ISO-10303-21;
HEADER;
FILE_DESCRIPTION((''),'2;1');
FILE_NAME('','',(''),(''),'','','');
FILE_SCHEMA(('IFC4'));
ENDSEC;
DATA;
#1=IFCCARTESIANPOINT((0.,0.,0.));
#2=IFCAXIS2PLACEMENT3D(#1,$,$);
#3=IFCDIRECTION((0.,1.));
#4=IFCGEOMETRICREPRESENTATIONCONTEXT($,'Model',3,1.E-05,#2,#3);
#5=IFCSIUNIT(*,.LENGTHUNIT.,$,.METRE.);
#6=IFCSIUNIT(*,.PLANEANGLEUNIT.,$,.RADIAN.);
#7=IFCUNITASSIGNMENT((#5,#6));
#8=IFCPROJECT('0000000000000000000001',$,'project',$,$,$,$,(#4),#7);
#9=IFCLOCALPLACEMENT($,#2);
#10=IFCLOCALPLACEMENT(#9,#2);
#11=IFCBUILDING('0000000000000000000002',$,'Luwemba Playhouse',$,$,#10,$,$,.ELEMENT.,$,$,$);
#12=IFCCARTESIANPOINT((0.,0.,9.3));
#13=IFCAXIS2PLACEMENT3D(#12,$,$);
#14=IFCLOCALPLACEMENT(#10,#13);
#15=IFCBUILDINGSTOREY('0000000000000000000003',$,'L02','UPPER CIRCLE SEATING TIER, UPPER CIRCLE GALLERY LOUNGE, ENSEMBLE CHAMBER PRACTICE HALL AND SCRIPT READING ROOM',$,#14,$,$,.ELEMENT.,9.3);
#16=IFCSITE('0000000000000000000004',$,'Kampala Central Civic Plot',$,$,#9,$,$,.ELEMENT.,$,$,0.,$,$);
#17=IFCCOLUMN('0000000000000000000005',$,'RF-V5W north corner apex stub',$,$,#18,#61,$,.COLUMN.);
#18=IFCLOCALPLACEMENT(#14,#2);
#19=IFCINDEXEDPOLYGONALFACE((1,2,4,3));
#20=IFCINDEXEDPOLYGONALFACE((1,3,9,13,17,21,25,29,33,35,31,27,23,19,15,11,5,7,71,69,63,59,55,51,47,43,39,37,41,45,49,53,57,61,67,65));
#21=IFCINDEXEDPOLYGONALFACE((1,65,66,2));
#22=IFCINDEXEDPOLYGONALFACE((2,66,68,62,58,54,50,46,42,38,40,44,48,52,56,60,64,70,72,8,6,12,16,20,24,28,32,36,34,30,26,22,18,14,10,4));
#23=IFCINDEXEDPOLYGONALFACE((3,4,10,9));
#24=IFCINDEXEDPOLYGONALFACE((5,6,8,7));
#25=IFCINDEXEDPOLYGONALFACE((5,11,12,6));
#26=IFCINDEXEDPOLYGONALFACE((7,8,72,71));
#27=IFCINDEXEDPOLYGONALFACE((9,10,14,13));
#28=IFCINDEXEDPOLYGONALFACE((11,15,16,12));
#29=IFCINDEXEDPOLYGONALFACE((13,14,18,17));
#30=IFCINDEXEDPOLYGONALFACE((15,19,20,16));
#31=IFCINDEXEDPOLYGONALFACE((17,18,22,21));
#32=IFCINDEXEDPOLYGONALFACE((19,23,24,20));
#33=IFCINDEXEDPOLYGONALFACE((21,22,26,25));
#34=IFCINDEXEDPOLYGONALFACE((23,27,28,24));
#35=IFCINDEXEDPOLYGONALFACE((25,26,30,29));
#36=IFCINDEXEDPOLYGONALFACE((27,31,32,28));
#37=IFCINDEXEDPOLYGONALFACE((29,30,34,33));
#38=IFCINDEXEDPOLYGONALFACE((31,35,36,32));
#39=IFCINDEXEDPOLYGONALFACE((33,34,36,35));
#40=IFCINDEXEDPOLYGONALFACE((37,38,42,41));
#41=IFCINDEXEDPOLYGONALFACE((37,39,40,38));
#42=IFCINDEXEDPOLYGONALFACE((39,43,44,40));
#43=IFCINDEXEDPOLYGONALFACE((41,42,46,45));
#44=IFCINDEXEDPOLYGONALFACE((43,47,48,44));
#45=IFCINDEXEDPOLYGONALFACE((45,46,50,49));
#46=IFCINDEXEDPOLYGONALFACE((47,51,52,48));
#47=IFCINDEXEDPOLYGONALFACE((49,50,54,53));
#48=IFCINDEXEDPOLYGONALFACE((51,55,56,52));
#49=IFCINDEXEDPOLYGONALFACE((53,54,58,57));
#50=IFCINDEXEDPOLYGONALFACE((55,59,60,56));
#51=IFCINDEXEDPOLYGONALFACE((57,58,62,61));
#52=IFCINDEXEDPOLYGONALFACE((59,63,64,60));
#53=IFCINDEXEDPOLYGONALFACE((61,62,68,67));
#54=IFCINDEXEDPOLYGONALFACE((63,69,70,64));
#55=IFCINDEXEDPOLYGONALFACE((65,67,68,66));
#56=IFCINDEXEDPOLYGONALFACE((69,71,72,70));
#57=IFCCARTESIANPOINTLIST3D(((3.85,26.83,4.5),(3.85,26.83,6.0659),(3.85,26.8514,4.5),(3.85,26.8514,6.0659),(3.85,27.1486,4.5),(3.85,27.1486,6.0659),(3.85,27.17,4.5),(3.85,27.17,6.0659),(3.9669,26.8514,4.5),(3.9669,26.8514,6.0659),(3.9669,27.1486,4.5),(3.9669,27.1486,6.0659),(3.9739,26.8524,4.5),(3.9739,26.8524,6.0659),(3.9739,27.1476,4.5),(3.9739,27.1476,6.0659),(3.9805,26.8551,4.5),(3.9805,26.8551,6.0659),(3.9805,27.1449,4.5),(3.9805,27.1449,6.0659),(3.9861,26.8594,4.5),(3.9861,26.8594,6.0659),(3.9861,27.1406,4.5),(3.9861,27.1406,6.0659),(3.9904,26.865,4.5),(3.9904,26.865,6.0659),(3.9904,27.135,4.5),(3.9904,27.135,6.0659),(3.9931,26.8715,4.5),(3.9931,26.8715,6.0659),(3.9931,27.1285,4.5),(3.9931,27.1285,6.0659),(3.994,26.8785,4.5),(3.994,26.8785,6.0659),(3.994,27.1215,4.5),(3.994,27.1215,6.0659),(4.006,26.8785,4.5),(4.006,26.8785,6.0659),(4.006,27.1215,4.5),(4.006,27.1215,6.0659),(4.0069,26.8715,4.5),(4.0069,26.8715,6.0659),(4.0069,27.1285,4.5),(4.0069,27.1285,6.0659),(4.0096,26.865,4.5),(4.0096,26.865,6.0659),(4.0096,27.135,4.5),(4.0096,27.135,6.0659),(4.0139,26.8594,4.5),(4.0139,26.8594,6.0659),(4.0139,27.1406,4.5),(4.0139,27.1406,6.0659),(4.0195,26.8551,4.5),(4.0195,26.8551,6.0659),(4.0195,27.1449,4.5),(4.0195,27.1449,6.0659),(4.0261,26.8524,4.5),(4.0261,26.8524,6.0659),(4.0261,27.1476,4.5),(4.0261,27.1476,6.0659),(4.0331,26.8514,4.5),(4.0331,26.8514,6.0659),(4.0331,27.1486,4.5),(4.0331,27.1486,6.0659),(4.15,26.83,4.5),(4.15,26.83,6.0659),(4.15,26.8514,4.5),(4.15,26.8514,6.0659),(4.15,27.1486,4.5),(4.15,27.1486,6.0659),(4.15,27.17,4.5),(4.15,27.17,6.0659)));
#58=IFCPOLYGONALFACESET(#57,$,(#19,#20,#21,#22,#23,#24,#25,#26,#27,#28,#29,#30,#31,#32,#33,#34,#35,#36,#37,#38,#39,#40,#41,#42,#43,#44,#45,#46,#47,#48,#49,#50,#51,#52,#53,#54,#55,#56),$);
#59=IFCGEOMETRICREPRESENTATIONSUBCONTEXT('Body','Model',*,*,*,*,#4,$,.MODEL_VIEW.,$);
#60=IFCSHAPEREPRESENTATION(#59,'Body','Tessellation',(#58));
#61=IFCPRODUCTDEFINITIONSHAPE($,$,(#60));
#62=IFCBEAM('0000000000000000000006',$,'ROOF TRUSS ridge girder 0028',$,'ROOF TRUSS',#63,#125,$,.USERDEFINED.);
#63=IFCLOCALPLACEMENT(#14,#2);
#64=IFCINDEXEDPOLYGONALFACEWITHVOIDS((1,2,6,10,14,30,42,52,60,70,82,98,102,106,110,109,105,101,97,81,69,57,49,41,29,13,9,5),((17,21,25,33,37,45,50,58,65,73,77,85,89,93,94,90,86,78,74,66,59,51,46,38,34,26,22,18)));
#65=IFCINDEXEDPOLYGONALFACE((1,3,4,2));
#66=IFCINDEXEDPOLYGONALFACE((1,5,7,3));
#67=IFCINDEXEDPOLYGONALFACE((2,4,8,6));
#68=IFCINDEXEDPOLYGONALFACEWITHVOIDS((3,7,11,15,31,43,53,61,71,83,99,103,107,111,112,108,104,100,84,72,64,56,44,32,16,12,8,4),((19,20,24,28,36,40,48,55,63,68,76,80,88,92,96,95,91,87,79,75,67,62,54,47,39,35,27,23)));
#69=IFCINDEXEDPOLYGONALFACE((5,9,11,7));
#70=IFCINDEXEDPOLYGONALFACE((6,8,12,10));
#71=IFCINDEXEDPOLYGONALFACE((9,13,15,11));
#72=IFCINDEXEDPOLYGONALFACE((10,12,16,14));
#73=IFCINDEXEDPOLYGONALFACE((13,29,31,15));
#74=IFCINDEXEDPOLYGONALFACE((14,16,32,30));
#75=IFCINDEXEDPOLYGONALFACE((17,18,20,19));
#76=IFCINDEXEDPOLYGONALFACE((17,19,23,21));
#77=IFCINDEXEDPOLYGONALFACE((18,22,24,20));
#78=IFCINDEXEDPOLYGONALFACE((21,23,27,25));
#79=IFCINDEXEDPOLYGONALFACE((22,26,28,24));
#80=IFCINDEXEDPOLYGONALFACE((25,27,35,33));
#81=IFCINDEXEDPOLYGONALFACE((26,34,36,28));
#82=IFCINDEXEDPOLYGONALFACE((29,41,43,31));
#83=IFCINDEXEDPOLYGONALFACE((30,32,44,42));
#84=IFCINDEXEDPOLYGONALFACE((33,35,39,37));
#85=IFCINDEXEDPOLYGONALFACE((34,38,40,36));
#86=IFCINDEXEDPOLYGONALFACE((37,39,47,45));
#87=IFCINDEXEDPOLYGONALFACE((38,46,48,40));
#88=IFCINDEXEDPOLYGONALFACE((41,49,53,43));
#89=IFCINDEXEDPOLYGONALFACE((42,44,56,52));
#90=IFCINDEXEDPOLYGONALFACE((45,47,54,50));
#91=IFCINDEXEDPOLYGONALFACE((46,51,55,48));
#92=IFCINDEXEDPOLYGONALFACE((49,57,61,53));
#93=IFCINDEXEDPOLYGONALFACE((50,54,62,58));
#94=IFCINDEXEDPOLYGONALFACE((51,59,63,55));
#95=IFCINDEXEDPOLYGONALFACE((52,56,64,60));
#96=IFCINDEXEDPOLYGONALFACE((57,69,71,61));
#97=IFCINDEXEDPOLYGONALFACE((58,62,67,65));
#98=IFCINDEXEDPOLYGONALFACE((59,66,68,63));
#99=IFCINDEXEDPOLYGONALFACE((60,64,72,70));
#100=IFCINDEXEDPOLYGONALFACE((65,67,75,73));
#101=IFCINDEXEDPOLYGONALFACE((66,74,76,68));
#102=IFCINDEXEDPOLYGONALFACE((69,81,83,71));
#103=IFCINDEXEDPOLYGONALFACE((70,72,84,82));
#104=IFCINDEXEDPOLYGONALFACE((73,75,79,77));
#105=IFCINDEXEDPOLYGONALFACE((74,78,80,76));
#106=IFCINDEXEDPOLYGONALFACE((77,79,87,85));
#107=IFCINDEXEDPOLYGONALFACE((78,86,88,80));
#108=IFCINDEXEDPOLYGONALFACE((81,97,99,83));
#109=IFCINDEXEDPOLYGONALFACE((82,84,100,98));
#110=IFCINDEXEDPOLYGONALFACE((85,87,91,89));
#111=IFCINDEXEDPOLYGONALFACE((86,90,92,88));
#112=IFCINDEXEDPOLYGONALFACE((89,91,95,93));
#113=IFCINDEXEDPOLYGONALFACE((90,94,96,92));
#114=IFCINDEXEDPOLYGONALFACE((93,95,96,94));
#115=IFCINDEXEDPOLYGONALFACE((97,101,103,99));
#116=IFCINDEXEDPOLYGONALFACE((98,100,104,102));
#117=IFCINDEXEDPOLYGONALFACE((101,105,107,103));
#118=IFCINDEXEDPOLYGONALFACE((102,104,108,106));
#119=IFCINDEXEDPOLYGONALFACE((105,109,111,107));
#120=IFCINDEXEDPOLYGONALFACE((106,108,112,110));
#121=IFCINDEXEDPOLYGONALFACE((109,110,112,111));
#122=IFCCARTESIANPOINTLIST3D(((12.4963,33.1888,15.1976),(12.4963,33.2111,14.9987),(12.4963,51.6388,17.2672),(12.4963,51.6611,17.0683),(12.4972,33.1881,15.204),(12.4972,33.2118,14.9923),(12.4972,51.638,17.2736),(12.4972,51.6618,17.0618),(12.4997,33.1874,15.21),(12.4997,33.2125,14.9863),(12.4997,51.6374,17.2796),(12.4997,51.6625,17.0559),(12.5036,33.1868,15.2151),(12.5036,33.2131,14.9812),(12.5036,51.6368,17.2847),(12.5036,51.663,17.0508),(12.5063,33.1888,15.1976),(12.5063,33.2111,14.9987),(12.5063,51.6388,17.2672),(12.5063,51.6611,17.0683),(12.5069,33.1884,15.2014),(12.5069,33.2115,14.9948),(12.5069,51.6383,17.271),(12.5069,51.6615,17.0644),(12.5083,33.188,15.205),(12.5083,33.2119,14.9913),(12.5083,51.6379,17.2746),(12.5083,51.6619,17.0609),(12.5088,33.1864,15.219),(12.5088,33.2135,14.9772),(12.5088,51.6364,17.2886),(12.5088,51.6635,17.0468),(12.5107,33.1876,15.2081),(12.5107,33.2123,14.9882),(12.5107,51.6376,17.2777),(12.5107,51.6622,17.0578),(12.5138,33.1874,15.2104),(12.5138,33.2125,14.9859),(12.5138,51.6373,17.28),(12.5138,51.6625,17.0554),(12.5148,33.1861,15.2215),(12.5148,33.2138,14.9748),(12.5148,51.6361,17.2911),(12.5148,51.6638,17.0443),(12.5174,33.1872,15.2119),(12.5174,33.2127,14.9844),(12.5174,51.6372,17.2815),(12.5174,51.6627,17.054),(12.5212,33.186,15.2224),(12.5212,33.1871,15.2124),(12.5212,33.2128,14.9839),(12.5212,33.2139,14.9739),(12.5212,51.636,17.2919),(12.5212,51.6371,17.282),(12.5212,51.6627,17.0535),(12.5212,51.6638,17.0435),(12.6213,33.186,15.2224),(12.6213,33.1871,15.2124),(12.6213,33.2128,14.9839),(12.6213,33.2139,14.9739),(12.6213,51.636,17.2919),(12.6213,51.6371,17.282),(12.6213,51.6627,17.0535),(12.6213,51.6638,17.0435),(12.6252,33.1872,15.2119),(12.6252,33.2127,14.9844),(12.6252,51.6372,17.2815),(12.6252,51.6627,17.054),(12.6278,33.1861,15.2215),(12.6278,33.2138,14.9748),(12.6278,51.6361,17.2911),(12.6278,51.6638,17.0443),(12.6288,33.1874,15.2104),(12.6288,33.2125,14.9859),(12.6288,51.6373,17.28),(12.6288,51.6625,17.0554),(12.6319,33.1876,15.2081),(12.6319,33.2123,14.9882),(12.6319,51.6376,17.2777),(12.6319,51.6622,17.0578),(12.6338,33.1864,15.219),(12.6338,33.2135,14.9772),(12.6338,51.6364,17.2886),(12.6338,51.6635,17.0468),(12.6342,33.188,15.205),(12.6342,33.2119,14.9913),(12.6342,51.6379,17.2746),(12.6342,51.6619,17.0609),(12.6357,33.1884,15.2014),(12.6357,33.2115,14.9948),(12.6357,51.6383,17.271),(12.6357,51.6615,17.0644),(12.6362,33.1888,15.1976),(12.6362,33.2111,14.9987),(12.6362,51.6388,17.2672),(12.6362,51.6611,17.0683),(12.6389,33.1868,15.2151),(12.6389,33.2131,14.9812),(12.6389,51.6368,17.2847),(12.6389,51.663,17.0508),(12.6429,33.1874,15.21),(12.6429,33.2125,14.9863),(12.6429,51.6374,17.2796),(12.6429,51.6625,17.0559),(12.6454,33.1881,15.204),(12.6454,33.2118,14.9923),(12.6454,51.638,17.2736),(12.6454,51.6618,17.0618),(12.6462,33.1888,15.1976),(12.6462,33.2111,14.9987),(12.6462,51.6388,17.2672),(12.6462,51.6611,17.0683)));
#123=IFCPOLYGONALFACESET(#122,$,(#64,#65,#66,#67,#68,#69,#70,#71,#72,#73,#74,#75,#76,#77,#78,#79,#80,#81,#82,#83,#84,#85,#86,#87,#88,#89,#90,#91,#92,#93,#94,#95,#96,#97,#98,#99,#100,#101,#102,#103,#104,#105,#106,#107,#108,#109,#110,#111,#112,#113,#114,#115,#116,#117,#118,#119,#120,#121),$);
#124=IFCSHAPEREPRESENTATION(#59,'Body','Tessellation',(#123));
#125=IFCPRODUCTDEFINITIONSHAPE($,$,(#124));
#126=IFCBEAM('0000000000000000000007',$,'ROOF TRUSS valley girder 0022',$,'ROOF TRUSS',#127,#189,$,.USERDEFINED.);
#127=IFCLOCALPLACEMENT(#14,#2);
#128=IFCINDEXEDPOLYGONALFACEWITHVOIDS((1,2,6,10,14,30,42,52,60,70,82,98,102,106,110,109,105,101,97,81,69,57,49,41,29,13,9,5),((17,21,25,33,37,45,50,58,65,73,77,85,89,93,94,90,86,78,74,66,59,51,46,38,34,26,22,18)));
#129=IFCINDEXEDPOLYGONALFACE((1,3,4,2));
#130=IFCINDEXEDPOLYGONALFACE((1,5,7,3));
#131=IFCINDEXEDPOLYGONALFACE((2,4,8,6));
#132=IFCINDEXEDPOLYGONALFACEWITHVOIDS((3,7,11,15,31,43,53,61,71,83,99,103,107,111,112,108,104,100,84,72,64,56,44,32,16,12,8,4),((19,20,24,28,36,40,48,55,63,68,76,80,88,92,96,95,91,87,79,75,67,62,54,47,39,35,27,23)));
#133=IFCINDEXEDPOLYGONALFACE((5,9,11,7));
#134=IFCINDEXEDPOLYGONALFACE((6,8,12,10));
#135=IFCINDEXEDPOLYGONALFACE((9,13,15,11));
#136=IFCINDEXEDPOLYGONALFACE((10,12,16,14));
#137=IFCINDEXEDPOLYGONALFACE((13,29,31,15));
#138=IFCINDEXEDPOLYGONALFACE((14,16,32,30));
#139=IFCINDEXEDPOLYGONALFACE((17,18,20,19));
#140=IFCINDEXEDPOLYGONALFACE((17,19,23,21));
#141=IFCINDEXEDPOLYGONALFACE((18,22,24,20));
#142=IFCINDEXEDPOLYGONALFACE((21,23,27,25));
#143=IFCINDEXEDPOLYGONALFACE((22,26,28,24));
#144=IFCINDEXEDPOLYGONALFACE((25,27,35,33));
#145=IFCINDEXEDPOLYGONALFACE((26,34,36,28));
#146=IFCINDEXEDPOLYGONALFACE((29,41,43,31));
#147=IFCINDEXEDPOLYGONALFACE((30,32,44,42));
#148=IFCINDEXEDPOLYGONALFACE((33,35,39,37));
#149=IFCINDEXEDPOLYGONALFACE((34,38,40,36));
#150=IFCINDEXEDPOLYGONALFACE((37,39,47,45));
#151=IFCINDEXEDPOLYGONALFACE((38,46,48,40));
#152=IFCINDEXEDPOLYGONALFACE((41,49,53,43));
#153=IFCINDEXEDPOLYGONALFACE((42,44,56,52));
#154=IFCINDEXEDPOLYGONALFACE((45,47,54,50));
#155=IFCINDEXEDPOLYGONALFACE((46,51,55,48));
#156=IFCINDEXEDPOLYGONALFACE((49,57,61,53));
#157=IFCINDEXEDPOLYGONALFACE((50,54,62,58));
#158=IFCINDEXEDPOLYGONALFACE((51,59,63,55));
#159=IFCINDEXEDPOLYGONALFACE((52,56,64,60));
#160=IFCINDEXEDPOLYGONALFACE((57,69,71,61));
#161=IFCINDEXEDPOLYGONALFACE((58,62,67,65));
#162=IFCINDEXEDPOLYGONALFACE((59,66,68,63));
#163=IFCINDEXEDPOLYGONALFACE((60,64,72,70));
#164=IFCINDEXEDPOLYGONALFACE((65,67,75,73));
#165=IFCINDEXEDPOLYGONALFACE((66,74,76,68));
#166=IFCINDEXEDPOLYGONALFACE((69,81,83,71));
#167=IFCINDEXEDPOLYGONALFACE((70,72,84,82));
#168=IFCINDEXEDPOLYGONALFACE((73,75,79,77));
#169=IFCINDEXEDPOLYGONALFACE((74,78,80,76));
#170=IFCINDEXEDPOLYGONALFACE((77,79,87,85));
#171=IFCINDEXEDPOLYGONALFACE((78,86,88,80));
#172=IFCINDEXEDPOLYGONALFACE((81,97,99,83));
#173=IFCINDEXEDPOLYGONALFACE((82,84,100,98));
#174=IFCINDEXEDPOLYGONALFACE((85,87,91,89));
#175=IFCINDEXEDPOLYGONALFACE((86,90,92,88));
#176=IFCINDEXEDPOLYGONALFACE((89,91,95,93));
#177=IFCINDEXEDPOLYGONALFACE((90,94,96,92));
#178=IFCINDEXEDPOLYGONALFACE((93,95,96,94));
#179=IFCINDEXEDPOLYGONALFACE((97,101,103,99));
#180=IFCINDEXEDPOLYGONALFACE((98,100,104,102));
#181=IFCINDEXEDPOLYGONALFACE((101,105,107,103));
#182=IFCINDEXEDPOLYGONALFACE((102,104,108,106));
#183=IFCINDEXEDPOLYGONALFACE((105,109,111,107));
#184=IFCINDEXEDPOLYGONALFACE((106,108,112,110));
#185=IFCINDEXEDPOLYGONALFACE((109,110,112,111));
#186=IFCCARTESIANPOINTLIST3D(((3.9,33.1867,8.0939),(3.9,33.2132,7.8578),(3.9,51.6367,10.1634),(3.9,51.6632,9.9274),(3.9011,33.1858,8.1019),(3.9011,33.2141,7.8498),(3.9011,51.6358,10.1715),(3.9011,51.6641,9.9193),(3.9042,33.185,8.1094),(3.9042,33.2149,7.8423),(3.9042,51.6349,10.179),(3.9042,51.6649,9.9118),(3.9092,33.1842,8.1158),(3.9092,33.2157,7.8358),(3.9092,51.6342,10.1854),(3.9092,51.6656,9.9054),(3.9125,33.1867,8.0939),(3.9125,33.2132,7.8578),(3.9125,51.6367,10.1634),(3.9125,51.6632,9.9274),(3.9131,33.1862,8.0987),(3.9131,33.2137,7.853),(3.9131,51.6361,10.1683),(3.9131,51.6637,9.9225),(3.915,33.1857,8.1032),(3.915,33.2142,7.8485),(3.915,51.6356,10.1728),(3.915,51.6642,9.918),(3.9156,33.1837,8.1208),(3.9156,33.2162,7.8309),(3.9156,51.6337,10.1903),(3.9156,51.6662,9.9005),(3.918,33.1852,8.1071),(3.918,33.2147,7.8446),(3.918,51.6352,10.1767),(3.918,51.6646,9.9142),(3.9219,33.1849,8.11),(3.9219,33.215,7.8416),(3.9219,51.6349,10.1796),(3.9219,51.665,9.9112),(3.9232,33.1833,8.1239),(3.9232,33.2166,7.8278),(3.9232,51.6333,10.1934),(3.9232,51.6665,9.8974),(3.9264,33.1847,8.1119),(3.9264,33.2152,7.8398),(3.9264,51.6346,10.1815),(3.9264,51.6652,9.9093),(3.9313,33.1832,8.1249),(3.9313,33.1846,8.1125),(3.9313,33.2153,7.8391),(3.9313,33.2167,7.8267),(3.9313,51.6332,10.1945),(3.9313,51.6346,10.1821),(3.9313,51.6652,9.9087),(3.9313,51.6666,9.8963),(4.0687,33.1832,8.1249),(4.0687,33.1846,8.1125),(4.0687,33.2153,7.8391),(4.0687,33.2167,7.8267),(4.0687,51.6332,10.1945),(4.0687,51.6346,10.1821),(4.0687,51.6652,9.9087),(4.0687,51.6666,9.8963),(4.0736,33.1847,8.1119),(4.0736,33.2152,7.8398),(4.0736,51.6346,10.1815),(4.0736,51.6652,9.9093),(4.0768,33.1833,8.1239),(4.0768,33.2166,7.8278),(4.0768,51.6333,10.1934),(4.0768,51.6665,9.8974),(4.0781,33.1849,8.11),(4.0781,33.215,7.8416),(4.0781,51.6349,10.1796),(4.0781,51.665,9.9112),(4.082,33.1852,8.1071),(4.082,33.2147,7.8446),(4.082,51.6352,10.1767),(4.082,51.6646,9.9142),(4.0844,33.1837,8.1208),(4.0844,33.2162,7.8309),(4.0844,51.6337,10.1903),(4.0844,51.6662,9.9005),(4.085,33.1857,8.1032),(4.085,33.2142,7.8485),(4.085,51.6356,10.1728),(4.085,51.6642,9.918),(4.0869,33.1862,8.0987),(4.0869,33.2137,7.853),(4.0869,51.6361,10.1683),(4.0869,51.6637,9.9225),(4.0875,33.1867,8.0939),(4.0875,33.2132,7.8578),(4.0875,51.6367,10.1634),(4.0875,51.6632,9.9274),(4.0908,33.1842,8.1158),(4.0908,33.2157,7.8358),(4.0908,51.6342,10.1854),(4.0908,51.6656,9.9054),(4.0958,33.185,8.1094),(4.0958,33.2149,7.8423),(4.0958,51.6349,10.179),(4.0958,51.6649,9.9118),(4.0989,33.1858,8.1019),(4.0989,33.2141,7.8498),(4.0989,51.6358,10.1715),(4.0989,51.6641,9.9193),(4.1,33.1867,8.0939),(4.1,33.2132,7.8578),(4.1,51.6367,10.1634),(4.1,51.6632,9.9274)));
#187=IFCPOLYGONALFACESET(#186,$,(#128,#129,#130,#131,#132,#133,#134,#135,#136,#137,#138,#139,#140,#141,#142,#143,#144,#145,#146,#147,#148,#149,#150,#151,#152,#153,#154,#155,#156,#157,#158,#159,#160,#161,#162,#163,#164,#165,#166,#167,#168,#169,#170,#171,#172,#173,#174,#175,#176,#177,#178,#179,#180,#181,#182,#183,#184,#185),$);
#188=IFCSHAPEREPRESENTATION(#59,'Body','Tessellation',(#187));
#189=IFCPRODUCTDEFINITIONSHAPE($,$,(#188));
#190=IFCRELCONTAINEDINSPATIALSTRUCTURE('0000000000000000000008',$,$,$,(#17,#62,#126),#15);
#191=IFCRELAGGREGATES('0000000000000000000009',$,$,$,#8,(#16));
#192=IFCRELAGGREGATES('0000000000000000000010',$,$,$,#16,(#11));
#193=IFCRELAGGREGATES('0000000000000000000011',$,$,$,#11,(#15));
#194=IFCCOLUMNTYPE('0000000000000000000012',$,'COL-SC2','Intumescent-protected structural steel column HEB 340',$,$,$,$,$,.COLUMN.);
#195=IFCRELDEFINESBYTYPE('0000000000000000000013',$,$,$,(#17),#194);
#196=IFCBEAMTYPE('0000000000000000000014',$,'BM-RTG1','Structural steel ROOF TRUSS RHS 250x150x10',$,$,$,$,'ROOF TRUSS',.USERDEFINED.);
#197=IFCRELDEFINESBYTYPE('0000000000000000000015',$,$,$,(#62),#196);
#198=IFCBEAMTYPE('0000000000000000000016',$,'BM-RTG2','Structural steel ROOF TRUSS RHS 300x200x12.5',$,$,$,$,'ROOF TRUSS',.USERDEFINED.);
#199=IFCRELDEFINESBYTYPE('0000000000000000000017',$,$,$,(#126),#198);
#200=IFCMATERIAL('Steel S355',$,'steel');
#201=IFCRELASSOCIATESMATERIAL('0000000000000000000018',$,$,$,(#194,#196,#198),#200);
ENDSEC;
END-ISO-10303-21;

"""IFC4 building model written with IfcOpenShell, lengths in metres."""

from ifc_helpers import new_model, si_unit, direction, frame, origin, origin_2d, place, context, subcontext, project, spatial, hollow_rectangle, i_section, extrude, material, material_profile, profile_set, type_object, element, save


model = new_model("IFC4")

# Units and contexts
model_context = context("Model", 3, precision=1e-05, world=origin(), true_north=direction((0.0, 1.0)))
body_context = subcontext(model_context, "Body", "Model", "MODEL_VIEW")
ifc_project = project(units=[si_unit("LENGTHUNIT", "METRE"), si_unit("PLANEANGLEUNIT", "RADIAN")], contexts=[model_context])

# Site, building, storey
site_placement = place(None, origin())
site = spatial("IfcSite", under=ifc_project, at=site_placement, Name="Kampala Central Civic Plot", CompositionType="ELEMENT", RefElevation=0.0)
building_placement = place(site_placement, origin())
building = spatial("IfcBuilding", under=site, at=building_placement, Name="Luwemba Playhouse", CompositionType="ELEMENT")
storey_placement = place(building_placement, frame((0.0, 0.0, 9.3)))
storey = spatial("IfcBuildingStorey", under=building, at=storey_placement, Name="L02", Description="UPPER CIRCLE SEATING TIER, UPPER CIRCLE GALLERY LOUNGE, ENSEMBLE CHAMBER PRACTICE HALL AND SCRIPT READING ROOM", CompositionType="ELEMENT", Elevation=9.3)

# Column
ifc_material_1 = material(Name="Steel S355", Category="steel")
ifc_material_profile_1 = material_profile(ifc_material_1, i_section(OverallWidth=0.3, OverallDepth=0.3401, WebThickness=0.012, FlangeThickness=0.0215, FilletRadius=0.0271, at=origin_2d()))
ifc_profile_set_1 = profile_set([ifc_material_profile_1], Name="Steel S355")
column_type = type_object("IfcColumnType", Name="COL-SC2", Description="Intumescent-protected structural steel column HEB 340", PredefinedType="COLUMN", material=ifc_profile_set_1)
column_placement = place(storey_placement, frame((4.0, 27.0, 4.5), z_axis=(0.0, 0.0, 1.0), x_axis=(1.0, 0.0, 0.0)))
element("IfcColumn", 1, at=column_placement, inside=storey, type_object=column_type, Name="RF-V5W north corner apex stub", PredefinedType="COLUMN", context=body_context, shape_type="SweptSolid", body=[
    extrude(i_section(OverallWidth=0.3, OverallDepth=0.3401, WebThickness=0.012, FlangeThickness=0.0215, FilletRadius=0.0271, at=origin_2d()), origin(), (0.0, 0.0, 1.0), 1.5659),
])

# Beams
ifc_material_profile_2 = material_profile(ifc_material_1, hollow_rectangle(XDim=0.1499, YDim=0.25, WallThickness=0.01, InnerFilletRadius=0.0149, OuterFilletRadius=0.0249, at=origin_2d()))
ifc_profile_set_2 = profile_set([ifc_material_profile_2], Name="Steel S355")
beam_type_1 = type_object("IfcBeamType", Name="BM-RTG1", Description="Structural steel ROOF TRUSS RHS 250x150x10", ElementType="ROOF TRUSS", PredefinedType="USERDEFINED", material=ifc_profile_set_2)
beam_1_placement = place(storey_placement, frame((12.5713, 33.2, 15.0981), z_axis=(0.0, 0.993767, 0.111474), x_axis=(-1.0, 0.0, 0.0)))
element("IfcBeam", 2, at=beam_1_placement, inside=storey, type_object=beam_type_1, Name="ROOF TRUSS ridge girder 0028", ObjectType="ROOF TRUSS", PredefinedType="USERDEFINED", context=body_context, shape_type="SweptSolid", body=[
    extrude(hollow_rectangle(XDim=0.1499, YDim=0.25, WallThickness=0.01, InnerFilletRadius=0.0149, OuterFilletRadius=0.0249, at=origin_2d()), origin(), (0.0, 0.0, 1.0), 18.5657),
])
ifc_material_profile_3 = material_profile(ifc_material_1, hollow_rectangle(XDim=0.2, YDim=0.3, WallThickness=0.0125, InnerFilletRadius=0.0188, OuterFilletRadius=0.0312, at=origin_2d()))
ifc_profile_set_3 = profile_set([ifc_material_profile_3], Name="Steel S355")
beam_type_2 = type_object("IfcBeamType", Name="BM-RTG2", Description="Structural steel ROOF TRUSS RHS 300x200x12.5", ElementType="ROOF TRUSS", PredefinedType="USERDEFINED", material=ifc_profile_set_3)
beam_2_placement = place(storey_placement, frame((4.0, 33.2, 7.9758), z_axis=(0.0, 0.993767, 0.111474), x_axis=(-1.0, 0.0, 0.0)))
element("IfcBeam", 3, at=beam_2_placement, inside=storey, type_object=beam_type_2, Name="ROOF TRUSS valley girder 0022", ObjectType="ROOF TRUSS", PredefinedType="USERDEFINED", context=body_context, shape_type="SweptSolid", body=[
    extrude(hollow_rectangle(XDim=0.2, YDim=0.3, WallThickness=0.0125, InnerFilletRadius=0.0188, OuterFilletRadius=0.0312, at=origin_2d()), origin(), (0.0, 0.0, 1.0), 18.5657),
])

save(model, "model.ifc")
